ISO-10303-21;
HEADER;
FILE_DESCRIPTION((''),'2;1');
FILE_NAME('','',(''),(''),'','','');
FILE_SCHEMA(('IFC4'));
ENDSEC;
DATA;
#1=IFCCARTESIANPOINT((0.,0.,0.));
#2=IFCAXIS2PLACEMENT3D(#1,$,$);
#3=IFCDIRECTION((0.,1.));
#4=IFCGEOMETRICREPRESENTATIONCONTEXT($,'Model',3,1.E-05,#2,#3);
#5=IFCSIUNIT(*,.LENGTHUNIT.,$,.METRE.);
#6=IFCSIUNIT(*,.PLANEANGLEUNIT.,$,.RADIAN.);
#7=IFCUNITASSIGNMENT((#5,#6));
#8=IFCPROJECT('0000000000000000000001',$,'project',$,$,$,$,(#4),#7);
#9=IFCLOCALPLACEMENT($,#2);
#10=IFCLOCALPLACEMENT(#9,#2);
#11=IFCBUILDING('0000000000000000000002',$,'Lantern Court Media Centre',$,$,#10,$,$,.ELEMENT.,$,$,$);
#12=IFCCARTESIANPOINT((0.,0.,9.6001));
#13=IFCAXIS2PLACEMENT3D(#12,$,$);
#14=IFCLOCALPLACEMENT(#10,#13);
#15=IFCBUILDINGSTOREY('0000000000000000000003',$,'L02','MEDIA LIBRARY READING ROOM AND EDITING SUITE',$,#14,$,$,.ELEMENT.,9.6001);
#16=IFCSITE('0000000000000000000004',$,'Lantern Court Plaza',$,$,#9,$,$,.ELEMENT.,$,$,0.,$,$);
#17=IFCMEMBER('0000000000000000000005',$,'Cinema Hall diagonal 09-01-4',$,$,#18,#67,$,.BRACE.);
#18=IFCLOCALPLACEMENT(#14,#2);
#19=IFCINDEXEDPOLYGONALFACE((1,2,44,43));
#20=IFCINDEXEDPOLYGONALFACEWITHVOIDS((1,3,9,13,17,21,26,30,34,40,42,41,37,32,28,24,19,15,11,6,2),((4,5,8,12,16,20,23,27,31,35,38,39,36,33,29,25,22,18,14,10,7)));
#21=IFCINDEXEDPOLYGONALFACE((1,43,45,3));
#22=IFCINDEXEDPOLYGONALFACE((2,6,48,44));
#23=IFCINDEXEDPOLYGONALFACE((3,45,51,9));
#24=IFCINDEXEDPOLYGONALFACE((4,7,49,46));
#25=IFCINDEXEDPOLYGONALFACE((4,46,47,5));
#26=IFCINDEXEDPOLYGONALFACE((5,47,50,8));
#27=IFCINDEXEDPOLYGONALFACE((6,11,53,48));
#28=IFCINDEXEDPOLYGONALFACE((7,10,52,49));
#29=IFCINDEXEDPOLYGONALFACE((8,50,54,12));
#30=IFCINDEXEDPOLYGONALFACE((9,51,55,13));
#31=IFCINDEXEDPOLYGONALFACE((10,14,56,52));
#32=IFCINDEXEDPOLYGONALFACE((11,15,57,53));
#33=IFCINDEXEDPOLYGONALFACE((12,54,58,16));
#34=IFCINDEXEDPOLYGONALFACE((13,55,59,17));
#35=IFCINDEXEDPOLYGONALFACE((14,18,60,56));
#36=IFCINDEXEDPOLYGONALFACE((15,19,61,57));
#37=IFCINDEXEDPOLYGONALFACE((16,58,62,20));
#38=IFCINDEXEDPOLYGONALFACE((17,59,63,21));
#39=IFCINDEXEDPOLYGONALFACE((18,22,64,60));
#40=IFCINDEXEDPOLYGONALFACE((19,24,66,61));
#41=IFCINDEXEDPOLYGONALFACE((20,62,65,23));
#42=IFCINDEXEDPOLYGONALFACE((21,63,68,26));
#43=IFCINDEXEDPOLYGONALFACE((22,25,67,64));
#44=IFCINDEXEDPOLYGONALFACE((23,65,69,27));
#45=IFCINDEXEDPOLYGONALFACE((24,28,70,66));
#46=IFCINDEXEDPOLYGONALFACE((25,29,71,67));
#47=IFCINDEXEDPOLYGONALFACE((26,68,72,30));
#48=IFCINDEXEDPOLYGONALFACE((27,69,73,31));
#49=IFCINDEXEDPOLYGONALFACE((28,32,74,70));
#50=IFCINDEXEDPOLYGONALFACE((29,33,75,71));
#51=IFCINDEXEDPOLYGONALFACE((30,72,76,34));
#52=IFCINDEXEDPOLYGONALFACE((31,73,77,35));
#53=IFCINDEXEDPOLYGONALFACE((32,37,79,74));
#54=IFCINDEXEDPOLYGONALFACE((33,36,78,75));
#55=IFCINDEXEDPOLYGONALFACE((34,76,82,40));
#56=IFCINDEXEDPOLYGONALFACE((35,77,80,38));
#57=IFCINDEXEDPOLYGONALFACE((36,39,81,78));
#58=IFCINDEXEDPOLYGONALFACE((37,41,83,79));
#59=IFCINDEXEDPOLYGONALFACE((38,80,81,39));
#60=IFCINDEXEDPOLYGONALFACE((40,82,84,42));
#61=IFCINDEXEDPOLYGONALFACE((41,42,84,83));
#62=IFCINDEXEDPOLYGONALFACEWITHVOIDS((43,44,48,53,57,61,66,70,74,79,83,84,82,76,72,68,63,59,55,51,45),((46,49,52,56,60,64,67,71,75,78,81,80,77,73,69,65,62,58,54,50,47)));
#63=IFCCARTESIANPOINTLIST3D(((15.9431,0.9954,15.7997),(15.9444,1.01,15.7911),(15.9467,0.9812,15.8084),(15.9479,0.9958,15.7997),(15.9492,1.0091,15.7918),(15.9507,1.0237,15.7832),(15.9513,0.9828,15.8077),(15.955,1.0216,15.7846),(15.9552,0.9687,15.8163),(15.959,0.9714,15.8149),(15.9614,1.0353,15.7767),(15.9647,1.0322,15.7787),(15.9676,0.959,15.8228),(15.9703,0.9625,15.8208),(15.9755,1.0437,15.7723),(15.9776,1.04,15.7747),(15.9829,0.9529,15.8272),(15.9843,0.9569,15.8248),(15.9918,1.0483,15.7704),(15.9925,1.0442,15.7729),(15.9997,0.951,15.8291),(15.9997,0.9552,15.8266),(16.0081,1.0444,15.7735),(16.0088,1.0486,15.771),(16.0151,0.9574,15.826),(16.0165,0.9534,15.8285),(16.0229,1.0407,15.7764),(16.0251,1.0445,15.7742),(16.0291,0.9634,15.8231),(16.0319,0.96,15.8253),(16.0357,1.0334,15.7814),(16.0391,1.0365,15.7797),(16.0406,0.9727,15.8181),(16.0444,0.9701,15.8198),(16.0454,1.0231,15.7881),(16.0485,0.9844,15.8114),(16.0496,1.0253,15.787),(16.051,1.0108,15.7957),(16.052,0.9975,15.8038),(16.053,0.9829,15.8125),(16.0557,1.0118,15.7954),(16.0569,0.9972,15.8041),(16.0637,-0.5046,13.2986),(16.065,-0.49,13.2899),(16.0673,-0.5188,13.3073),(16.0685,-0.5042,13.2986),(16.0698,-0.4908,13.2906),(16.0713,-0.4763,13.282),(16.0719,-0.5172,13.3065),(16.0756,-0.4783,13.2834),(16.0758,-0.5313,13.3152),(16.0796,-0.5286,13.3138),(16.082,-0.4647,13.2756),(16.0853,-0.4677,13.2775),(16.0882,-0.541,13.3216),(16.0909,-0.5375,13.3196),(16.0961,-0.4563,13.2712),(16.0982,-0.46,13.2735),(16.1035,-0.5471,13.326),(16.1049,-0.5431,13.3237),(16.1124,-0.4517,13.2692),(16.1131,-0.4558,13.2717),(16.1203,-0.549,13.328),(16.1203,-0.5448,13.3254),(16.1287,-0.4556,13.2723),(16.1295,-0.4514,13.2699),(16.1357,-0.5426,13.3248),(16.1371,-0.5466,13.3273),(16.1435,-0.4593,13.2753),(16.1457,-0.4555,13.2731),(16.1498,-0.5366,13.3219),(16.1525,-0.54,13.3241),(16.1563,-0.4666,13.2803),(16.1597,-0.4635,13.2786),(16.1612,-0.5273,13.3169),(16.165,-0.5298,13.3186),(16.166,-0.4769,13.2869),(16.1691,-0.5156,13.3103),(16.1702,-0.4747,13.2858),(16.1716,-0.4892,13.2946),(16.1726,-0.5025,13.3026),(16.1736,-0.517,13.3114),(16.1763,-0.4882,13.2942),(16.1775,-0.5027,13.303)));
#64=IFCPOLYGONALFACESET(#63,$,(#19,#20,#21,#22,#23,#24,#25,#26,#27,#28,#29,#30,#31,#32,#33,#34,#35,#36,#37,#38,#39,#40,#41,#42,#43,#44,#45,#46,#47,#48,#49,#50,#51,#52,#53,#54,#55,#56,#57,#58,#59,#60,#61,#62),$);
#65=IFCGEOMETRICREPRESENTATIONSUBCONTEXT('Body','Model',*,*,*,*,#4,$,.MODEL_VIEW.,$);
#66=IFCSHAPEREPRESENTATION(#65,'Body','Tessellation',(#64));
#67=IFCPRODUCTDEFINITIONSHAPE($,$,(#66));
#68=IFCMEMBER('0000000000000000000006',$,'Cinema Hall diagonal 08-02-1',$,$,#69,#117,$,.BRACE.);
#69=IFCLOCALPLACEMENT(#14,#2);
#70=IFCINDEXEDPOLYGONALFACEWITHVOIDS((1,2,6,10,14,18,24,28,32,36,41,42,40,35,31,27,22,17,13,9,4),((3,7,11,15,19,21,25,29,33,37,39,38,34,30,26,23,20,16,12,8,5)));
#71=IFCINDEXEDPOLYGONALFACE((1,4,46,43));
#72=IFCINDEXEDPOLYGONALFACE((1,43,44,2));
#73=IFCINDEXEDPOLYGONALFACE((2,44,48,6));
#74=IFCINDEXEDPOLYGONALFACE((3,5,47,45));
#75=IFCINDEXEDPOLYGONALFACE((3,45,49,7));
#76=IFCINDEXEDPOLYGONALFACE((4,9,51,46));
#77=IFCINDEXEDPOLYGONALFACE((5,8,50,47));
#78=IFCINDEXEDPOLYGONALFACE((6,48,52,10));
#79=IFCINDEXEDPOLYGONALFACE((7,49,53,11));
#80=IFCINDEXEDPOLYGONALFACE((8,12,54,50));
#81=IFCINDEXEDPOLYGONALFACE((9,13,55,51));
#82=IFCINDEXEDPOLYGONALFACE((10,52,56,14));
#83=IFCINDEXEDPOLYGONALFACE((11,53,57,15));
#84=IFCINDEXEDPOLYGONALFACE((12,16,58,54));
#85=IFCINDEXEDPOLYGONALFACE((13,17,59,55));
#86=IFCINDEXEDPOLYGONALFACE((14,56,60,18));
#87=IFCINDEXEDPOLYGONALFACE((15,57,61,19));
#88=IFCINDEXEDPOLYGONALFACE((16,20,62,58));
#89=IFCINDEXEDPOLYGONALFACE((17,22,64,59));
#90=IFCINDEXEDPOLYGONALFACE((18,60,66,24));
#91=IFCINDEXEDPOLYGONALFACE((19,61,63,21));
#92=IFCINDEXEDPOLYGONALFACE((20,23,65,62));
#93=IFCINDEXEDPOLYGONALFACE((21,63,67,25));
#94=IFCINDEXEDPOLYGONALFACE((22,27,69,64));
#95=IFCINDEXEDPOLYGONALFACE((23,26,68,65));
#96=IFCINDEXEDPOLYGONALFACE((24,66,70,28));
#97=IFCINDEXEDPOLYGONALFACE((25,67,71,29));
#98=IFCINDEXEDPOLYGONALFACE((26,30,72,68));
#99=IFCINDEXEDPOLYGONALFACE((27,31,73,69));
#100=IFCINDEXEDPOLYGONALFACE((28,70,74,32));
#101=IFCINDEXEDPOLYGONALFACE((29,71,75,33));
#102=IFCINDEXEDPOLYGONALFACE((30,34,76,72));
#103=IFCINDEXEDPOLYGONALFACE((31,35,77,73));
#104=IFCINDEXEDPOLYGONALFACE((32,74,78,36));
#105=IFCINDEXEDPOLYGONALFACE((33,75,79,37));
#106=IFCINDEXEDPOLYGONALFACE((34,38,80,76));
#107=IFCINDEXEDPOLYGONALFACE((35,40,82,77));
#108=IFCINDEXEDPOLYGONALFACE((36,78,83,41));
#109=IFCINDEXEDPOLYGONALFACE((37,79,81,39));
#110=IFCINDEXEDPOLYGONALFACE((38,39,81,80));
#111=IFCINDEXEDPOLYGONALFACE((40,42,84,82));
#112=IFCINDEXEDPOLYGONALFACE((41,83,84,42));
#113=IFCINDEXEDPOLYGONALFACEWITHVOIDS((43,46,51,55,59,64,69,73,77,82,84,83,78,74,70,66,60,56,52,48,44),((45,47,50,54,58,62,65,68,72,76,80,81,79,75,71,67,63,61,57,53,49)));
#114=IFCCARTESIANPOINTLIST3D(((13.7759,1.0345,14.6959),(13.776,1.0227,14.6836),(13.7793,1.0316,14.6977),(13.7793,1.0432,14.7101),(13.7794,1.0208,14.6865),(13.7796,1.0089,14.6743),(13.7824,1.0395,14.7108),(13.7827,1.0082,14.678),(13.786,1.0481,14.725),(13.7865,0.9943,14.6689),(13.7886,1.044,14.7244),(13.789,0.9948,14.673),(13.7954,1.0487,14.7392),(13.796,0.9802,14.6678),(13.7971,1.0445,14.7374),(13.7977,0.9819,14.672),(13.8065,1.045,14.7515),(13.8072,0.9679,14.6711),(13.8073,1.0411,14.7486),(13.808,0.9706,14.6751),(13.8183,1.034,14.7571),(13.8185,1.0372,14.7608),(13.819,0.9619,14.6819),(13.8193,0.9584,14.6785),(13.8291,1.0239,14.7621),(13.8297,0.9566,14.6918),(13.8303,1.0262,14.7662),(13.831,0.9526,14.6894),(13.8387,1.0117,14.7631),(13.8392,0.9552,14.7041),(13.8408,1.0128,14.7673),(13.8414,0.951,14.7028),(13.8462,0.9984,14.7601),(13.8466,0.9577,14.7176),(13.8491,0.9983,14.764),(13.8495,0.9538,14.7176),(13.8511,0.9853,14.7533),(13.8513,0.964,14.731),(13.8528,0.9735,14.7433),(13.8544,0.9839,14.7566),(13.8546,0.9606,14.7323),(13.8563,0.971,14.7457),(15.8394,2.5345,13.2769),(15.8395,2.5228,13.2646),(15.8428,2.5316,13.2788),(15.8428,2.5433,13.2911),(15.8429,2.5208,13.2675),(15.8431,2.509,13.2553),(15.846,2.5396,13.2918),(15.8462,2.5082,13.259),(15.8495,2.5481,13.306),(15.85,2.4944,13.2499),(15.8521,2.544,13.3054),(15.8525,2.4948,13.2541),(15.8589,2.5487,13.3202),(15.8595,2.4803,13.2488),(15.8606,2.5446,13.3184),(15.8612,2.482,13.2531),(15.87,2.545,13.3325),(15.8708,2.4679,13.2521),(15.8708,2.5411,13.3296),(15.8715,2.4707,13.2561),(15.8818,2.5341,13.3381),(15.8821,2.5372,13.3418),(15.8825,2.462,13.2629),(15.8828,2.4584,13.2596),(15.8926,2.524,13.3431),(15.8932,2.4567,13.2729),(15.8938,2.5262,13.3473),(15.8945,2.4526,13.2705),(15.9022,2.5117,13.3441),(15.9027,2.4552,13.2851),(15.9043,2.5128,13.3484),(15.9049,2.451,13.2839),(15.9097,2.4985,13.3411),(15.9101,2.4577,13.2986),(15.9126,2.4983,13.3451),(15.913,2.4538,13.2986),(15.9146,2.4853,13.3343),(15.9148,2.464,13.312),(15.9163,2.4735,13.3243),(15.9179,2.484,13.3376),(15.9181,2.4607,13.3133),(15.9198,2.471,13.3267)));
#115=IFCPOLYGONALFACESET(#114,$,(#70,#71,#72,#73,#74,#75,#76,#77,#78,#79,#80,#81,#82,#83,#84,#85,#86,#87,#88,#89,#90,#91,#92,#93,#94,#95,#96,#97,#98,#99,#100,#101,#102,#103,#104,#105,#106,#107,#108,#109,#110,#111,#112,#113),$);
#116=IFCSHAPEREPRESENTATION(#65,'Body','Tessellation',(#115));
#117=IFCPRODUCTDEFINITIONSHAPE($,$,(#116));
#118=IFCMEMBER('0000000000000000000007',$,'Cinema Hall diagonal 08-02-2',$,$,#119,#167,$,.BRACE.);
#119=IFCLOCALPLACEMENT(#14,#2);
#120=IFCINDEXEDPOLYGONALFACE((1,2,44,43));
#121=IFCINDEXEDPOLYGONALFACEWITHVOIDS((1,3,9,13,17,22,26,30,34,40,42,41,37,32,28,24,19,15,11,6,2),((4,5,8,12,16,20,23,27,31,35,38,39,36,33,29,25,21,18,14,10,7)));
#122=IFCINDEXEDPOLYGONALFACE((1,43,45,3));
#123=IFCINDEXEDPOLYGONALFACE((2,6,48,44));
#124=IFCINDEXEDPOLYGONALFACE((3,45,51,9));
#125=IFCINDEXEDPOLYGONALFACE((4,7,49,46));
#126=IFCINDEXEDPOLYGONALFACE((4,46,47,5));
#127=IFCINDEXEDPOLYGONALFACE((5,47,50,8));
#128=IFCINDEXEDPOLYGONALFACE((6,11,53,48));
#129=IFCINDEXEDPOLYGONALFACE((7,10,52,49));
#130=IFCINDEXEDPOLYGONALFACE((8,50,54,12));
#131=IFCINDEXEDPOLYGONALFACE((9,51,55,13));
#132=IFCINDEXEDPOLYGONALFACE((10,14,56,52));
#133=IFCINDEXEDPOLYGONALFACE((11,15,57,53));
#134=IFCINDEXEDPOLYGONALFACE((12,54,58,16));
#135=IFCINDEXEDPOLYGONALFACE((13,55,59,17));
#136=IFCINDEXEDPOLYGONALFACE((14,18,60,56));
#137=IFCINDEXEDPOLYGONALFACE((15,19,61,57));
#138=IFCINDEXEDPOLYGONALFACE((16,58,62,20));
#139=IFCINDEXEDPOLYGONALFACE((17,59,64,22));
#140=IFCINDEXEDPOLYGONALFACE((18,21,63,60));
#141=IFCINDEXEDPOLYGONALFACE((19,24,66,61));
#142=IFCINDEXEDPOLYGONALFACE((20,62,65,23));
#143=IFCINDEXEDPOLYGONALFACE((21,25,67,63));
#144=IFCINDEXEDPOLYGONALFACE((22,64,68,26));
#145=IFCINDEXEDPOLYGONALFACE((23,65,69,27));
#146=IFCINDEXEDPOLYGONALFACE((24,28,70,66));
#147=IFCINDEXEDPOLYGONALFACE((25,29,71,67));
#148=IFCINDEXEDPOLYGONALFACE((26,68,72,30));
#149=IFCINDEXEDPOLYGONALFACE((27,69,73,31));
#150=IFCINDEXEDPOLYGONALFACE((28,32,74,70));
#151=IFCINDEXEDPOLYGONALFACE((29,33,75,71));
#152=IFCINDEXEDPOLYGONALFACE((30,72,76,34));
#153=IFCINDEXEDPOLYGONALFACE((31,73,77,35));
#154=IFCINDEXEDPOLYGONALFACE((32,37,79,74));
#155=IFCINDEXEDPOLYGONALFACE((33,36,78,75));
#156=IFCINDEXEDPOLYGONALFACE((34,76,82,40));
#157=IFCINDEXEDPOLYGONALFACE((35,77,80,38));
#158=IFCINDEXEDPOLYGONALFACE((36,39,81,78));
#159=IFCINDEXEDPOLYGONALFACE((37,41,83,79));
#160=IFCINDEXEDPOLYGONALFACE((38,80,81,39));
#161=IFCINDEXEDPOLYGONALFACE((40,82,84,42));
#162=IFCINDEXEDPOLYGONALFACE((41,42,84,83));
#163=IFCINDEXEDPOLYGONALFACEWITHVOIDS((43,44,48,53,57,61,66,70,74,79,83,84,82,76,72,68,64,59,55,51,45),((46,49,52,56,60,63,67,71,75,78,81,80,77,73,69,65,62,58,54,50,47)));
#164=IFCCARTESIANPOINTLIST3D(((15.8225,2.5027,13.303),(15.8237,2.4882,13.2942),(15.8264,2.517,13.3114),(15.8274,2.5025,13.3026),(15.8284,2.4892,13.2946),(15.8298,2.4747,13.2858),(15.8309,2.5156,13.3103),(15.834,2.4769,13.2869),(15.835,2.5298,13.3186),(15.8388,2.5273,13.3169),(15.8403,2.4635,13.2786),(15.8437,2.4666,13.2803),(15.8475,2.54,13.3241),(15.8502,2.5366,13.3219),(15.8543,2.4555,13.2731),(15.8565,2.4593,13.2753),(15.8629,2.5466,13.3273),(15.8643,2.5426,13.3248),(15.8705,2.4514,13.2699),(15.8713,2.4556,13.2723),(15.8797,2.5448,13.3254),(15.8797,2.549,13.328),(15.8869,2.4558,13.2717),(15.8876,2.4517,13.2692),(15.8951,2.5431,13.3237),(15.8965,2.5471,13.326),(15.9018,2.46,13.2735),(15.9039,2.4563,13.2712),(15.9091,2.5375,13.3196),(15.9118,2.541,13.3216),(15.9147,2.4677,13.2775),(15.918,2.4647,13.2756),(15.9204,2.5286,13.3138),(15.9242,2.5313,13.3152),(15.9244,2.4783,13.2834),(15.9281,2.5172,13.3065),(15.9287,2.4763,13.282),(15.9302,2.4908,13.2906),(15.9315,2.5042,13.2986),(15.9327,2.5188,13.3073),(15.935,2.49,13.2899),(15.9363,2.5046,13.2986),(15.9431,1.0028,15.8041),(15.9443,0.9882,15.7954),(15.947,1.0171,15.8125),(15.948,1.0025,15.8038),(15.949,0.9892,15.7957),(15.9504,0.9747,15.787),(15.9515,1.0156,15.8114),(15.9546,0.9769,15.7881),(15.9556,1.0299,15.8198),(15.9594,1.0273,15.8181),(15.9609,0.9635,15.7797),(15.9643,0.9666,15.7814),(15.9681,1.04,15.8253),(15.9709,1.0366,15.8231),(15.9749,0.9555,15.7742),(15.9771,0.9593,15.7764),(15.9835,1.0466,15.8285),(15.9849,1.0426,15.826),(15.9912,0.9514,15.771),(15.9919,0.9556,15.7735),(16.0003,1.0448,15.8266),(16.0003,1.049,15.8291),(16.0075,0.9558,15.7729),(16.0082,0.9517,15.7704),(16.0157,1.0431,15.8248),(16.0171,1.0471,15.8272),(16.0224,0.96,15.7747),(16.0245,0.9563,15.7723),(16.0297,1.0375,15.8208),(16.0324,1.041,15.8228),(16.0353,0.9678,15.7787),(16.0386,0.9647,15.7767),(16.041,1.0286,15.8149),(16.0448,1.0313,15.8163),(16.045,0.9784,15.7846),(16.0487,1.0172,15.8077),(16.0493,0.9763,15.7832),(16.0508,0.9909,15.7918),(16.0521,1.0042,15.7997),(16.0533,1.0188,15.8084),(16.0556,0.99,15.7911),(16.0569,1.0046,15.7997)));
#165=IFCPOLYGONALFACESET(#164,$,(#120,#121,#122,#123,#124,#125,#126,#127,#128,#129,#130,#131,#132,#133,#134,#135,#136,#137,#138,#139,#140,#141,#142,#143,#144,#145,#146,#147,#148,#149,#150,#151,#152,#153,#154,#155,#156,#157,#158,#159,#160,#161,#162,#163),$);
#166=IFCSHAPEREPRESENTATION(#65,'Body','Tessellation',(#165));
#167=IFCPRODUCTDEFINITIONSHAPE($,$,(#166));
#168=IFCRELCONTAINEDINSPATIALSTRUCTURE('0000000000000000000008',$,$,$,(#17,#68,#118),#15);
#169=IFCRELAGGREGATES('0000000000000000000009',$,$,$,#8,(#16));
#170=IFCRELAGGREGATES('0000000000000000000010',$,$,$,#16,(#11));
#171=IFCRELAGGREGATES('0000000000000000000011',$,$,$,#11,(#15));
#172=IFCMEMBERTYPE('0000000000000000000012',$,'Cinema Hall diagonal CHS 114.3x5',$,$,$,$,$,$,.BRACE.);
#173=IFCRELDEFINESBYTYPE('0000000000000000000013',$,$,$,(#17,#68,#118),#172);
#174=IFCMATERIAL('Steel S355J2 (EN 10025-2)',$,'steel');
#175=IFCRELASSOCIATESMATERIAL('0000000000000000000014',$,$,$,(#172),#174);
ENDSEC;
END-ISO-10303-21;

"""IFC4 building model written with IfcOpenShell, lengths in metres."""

from ifc_helpers import new_model, si_unit, direction, frame, origin, origin_2d, place, context, subcontext, project, spatial, hollow_circle, extrude, material, material_profile, profile_set, type_object, element, save


model = new_model("IFC4")

# Units and contexts
model_context = context("Model", 3, precision=1e-05, world=origin(), true_north=direction((0.0, 1.0)))
body_context = subcontext(model_context, "Body", "Model", "MODEL_VIEW")
ifc_project = project(units=[si_unit("LENGTHUNIT", "METRE"), si_unit("PLANEANGLEUNIT", "RADIAN")], contexts=[model_context])

# Site, building, storey
site_placement = place(None, origin())
site = spatial("IfcSite", under=ifc_project, at=site_placement, Name="Lantern Court Plaza", CompositionType="ELEMENT", RefElevation=0.0)
building_placement = place(site_placement, origin())
building = spatial("IfcBuilding", under=site, at=building_placement, Name="Lantern Court Media Centre", CompositionType="ELEMENT")
storey_placement = place(building_placement, frame((0.0, 0.0, 9.6001)))
storey = spatial("IfcBuildingStorey", under=building, at=storey_placement, Name="L02", Description="MEDIA LIBRARY READING ROOM AND EDITING SUITE", CompositionType="ELEMENT", Elevation=9.6001)

# Members
ifc_material = material(Name="Steel S355J2 (EN 10025-2)", Category="steel")
ifc_material_profile_1 = material_profile(ifc_material, hollow_circle(Radius=0.0571, WallThickness=0.0049, at=origin_2d()), Name="Cinema Hall diagonal CHS 114.3x5")
ifc_profile_set_1 = profile_set([ifc_material_profile_1], Name="Steel S355J2 (EN 10025-2)")
member_type_1 = type_object("IfcMemberType", Name="Cinema Hall diagonal CHS 114.3x5", PredefinedType="BRACE", material=ifc_profile_set_1)
member_1_placement = place(storey_placement, frame((16.1206, -0.5, 13.2986), z_axis=(-0.041317, 0.513872, 0.856871), x_axis=(-0.996783, -0.080145, 0.0)))
element("IfcMember", 1, at=member_1_placement, inside=storey, type_object=member_type_1, Name="Cinema Hall diagonal 09-01-4", PredefinedType="BRACE", context=body_context, shape_type="SweptSolid", body=[
    extrude(hollow_circle(Radius=0.0571, WallThickness=0.0049, at=origin_2d()), origin(), (0.0, 0.0, 1.0), 2.9189),
])
member_2_placement = place(storey_placement, frame((15.8794, 2.5, 13.2986), z_axis=(-0.70688, -0.513851, 0.486084), x_axis=(0.58799, -0.808868, 0.0)))
element("IfcMember", 2, at=member_2_placement, inside=storey, type_object=member_type_1, Name="Cinema Hall diagonal 08-02-1", PredefinedType="BRACE", context=body_context, shape_type="SweptSolid", body=[
    extrude(hollow_circle(Radius=0.0571, WallThickness=0.0049, at=origin_2d()), origin(), (0.0, 0.0, 1.0), 2.9192),
])
for number, where, z_axis, x_axis, name in (
    (3, (15.8794, 2.5, 13.2986), (0.041317, -0.513872, 0.856871), (0.996783, 0.080145, 0.0), "Cinema Hall diagonal 08-02-2"),
):
    element("IfcMember", number, at=place(storey_placement, frame(where, z_axis=z_axis, x_axis=x_axis)), inside=storey, type_object=member_type_1, Name=name, PredefinedType="BRACE", context=body_context, shape_type="SweptSolid", body=[
        extrude(hollow_circle(Radius=0.0571, WallThickness=0.0049, at=origin_2d()), origin(), (0.0, 0.0, 1.0), 2.9189),
    ])

save(model, "model.ifc")
